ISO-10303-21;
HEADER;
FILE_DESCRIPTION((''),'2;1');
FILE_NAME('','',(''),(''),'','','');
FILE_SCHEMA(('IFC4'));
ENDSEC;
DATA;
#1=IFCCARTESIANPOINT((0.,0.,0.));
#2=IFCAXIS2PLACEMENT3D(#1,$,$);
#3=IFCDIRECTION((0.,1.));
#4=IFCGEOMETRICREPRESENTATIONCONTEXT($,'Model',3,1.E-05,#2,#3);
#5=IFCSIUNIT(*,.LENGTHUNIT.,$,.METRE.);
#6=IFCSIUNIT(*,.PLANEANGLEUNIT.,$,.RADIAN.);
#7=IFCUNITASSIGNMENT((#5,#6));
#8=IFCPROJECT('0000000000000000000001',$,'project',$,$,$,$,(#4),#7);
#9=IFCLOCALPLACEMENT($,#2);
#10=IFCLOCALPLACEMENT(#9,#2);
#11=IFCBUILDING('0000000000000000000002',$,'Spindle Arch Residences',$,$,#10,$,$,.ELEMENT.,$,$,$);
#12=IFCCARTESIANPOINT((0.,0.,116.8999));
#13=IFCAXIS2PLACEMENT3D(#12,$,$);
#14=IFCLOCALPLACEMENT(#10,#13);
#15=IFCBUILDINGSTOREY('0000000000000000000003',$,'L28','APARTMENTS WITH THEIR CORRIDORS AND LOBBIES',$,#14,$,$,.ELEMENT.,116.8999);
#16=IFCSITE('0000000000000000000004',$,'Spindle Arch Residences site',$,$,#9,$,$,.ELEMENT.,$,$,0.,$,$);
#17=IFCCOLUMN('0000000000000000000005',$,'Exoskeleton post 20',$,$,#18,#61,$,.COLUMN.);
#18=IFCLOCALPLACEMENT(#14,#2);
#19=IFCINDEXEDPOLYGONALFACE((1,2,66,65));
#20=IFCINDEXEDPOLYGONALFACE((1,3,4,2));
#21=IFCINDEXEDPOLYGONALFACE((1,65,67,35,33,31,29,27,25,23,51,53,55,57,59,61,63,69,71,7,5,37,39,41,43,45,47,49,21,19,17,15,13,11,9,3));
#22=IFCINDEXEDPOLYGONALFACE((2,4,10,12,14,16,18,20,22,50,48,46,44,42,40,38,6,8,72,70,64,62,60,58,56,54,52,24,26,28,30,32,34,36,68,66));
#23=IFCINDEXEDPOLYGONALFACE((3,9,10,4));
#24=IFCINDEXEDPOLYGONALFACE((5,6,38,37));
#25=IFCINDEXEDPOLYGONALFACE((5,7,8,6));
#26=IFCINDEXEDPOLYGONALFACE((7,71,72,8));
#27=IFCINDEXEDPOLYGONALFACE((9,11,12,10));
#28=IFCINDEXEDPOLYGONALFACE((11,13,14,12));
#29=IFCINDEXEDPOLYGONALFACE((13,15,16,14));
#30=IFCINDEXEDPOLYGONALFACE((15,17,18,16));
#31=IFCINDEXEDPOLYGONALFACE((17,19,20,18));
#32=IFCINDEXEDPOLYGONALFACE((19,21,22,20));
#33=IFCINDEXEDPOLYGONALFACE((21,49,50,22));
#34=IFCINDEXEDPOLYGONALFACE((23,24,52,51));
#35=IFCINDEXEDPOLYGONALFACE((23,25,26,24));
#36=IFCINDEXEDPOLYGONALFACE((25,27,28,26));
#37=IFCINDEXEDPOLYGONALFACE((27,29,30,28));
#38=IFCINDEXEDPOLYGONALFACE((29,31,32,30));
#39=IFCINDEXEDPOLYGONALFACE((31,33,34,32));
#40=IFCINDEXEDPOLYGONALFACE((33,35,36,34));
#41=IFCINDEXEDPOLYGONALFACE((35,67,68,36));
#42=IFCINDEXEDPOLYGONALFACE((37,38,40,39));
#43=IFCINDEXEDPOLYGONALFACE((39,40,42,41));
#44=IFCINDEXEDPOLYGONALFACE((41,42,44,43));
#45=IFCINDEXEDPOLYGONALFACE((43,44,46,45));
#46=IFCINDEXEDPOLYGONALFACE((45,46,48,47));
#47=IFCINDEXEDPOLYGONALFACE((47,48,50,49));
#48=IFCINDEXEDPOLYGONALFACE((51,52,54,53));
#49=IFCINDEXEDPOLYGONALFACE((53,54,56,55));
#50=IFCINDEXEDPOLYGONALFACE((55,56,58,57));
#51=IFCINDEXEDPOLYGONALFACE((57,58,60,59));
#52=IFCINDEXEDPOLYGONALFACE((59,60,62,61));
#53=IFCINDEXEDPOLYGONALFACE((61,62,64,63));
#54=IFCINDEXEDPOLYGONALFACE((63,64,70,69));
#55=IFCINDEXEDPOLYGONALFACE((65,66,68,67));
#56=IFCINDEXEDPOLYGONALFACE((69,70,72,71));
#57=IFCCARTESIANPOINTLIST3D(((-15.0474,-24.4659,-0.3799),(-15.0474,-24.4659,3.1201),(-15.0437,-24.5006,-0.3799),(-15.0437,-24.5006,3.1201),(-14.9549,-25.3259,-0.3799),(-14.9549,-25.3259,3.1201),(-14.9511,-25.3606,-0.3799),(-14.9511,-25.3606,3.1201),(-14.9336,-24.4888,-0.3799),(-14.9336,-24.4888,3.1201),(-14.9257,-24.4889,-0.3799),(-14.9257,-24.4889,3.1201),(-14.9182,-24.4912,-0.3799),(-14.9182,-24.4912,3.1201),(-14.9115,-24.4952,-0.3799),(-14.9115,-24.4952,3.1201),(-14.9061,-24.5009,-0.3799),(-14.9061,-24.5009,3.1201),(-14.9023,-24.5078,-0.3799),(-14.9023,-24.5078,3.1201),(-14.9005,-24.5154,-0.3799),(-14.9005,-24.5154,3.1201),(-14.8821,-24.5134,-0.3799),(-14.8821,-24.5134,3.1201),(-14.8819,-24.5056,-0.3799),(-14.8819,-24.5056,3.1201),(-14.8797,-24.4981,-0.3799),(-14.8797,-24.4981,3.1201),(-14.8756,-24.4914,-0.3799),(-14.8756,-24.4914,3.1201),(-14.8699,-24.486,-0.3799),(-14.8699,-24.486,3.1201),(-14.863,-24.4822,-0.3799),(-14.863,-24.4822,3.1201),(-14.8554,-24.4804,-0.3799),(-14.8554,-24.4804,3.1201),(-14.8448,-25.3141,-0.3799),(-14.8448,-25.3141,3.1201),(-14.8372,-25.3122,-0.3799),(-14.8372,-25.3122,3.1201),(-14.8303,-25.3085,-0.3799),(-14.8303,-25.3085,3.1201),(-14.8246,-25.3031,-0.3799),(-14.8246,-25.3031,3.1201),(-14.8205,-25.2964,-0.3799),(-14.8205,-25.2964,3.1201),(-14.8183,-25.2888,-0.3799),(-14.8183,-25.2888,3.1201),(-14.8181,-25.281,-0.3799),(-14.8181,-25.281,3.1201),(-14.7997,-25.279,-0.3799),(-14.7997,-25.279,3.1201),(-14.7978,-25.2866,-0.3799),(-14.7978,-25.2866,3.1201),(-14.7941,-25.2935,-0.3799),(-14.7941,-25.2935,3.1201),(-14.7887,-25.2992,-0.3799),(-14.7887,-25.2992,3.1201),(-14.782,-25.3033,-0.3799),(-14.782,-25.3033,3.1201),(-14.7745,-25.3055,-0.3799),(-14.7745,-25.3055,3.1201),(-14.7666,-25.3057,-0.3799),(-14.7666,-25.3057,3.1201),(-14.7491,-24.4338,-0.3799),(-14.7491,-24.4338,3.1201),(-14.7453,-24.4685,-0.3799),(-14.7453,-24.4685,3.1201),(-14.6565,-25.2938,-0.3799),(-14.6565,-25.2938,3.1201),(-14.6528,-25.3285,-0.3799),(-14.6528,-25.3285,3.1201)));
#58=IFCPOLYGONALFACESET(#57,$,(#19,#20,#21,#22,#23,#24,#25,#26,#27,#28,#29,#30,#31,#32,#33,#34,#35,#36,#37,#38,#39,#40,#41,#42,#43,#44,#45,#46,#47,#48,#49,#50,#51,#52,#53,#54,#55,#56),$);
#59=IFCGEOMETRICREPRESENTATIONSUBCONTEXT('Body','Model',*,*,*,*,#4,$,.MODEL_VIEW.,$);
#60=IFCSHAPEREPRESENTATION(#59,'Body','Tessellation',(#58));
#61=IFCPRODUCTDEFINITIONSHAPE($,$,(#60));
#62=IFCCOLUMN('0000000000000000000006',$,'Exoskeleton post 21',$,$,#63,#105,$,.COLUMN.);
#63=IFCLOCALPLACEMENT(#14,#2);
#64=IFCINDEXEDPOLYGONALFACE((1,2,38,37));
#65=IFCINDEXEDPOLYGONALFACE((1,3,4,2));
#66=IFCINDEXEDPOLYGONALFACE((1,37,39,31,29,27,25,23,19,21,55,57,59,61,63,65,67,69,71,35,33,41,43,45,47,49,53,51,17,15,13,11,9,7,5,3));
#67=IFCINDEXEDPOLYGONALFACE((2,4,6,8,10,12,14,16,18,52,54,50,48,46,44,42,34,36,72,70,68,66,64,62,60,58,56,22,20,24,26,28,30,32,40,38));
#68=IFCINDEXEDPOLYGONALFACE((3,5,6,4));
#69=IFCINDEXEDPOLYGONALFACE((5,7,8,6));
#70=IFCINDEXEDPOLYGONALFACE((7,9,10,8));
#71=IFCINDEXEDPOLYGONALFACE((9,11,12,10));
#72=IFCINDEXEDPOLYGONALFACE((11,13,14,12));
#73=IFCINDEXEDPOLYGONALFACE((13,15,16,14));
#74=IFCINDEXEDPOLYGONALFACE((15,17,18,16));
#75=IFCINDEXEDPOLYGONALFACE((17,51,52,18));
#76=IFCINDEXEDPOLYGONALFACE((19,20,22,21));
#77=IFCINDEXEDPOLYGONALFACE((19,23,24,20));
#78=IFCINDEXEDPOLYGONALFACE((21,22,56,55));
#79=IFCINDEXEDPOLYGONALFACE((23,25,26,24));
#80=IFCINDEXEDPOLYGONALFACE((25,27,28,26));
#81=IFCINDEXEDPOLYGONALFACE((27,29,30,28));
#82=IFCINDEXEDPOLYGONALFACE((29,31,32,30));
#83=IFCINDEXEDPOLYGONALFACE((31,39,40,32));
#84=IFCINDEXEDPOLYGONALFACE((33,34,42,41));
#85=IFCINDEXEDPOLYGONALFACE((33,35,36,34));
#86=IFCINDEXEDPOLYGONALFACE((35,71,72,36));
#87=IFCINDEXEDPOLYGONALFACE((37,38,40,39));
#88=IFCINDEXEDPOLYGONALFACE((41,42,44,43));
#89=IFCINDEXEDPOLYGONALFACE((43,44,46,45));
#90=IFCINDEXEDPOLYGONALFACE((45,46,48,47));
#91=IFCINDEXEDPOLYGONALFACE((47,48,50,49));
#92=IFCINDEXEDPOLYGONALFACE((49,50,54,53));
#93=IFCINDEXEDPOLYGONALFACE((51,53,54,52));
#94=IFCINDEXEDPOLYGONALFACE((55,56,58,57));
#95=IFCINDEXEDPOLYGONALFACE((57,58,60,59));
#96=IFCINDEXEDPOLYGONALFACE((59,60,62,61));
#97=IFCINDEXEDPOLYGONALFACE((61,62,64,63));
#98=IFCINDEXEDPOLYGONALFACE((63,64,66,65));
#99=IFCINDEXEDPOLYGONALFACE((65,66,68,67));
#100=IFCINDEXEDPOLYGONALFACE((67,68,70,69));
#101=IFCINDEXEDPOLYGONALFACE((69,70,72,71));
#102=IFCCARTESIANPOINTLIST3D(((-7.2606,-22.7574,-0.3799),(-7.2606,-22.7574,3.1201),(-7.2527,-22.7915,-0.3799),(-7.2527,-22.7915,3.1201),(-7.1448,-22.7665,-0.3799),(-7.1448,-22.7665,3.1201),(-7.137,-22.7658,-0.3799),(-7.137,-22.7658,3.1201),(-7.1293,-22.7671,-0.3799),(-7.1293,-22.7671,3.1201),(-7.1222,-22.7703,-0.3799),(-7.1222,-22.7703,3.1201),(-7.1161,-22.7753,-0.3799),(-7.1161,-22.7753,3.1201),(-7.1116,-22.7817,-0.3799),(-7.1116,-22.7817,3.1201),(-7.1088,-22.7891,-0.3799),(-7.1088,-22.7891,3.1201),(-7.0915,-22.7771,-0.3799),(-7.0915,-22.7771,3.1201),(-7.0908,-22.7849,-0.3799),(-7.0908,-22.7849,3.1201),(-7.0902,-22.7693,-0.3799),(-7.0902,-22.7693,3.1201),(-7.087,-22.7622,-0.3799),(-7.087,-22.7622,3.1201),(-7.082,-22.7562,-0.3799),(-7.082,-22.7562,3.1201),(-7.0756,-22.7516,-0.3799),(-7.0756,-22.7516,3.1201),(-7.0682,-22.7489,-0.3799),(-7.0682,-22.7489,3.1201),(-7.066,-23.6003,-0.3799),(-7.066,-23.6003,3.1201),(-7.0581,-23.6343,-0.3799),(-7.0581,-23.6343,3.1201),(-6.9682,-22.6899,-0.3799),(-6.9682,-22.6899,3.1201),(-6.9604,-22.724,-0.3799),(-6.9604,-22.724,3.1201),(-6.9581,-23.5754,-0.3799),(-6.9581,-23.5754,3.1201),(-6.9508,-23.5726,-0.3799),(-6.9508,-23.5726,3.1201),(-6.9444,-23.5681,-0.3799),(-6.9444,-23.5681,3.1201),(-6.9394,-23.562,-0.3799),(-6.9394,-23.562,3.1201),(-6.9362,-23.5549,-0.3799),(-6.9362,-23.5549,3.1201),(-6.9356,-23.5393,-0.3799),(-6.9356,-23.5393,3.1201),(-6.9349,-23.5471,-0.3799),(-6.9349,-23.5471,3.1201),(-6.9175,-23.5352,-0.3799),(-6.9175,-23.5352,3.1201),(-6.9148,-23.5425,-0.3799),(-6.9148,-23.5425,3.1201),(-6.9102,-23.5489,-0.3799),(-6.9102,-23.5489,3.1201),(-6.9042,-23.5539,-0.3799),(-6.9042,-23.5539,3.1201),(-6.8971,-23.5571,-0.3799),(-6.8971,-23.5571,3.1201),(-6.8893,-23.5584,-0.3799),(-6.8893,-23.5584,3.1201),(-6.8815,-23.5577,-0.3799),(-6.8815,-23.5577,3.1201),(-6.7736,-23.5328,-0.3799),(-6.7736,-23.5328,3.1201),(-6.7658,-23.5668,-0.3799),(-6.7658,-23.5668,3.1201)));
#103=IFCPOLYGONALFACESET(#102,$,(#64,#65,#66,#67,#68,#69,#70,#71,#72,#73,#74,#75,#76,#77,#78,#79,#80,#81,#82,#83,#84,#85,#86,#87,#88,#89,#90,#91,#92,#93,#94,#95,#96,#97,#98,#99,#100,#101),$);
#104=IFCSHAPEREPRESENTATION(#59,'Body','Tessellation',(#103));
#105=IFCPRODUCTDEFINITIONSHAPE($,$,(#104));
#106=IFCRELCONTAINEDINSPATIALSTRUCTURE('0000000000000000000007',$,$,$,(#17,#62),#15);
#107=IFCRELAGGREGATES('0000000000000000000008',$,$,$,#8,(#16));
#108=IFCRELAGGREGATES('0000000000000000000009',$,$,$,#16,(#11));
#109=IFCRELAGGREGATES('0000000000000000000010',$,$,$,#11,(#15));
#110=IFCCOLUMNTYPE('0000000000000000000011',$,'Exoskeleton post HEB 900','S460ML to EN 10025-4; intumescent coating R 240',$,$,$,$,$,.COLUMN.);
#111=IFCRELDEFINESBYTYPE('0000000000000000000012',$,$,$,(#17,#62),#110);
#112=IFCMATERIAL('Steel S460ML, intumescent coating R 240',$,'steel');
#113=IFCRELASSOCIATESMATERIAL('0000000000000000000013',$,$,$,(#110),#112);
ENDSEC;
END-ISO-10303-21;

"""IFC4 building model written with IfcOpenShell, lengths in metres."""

from ifc_helpers import new_model, si_unit, direction, frame, origin, origin_2d, place, context, subcontext, project, spatial, i_section, extrude, material, material_profile, profile_set, type_object, element, save


model = new_model("IFC4")

# Units and contexts
model_context = context("Model", 3, precision=1e-05, world=origin(), true_north=direction((0.0, 1.0)))
body_context = subcontext(model_context, "Body", "Model", "MODEL_VIEW")
ifc_project = project(units=[si_unit("LENGTHUNIT", "METRE"), si_unit("PLANEANGLEUNIT", "RADIAN")], contexts=[model_context])

# Site, building, storey
site_placement = place(None, origin())
site = spatial("IfcSite", under=ifc_project, at=site_placement, Name="Spindle Arch Residences site", CompositionType="ELEMENT", RefElevation=0.0)
building_placement = place(site_placement, origin())
building = spatial("IfcBuilding", under=site, at=building_placement, Name="Spindle Arch Residences", CompositionType="ELEMENT")
storey_placement = place(building_placement, frame((0.0, 0.0, 116.8999)))
storey = spatial("IfcBuildingStorey", under=building, at=storey_placement, Name="L28", Description="APARTMENTS WITH THEIR CORRIDORS AND LOBBIES", CompositionType="ELEMENT", Elevation=116.8999)

# Columns
ifc_material_1 = material(Name="Steel S460ML, intumescent coating R 240", Category="steel")
ifc_material_profile_1 = material_profile(ifc_material_1, i_section(OverallWidth=0.3, OverallDepth=0.8999, WebThickness=0.0186, FlangeThickness=0.0349, FilletRadius=0.03, at=origin_2d()), Name="HEB 900")
ifc_profile_set_1 = profile_set([ifc_material_profile_1], Name="Steel S460ML, intumescent coating R 240")
column_type_1 = type_object("IfcColumnType", Name="Exoskeleton post HEB 900", Description="S460ML to EN 10025-4; intumescent coating R 240", PredefinedType="COLUMN", material=ifc_profile_set_1)
for number, where, z_axis, x_axis, name in (
    (1, (-14.8501, -24.8972, -0.3799), (0.0, 0.0, 1.0), (-0.994264, -0.106952, 0.0), "Exoskeleton post 20"),
    (2, (-7.0132, -23.1621, -0.3799), (0.0, 0.0, 1.0), (-0.97437, -0.224951, 0.0), "Exoskeleton post 21"),
):
    element("IfcColumn", number, at=place(storey_placement, frame(where, z_axis=z_axis, x_axis=x_axis)), inside=storey, type_object=column_type_1, Name=name, PredefinedType="COLUMN", context=body_context, shape_type="SweptSolid", body=[
        extrude(i_section(OverallWidth=0.3, OverallDepth=0.8999, WebThickness=0.0186, FlangeThickness=0.0349, FilletRadius=0.03, at=origin_2d()), origin(), (0.0, 0.0, 1.0), 3.5),
    ])

save(model, "model.ifc")
